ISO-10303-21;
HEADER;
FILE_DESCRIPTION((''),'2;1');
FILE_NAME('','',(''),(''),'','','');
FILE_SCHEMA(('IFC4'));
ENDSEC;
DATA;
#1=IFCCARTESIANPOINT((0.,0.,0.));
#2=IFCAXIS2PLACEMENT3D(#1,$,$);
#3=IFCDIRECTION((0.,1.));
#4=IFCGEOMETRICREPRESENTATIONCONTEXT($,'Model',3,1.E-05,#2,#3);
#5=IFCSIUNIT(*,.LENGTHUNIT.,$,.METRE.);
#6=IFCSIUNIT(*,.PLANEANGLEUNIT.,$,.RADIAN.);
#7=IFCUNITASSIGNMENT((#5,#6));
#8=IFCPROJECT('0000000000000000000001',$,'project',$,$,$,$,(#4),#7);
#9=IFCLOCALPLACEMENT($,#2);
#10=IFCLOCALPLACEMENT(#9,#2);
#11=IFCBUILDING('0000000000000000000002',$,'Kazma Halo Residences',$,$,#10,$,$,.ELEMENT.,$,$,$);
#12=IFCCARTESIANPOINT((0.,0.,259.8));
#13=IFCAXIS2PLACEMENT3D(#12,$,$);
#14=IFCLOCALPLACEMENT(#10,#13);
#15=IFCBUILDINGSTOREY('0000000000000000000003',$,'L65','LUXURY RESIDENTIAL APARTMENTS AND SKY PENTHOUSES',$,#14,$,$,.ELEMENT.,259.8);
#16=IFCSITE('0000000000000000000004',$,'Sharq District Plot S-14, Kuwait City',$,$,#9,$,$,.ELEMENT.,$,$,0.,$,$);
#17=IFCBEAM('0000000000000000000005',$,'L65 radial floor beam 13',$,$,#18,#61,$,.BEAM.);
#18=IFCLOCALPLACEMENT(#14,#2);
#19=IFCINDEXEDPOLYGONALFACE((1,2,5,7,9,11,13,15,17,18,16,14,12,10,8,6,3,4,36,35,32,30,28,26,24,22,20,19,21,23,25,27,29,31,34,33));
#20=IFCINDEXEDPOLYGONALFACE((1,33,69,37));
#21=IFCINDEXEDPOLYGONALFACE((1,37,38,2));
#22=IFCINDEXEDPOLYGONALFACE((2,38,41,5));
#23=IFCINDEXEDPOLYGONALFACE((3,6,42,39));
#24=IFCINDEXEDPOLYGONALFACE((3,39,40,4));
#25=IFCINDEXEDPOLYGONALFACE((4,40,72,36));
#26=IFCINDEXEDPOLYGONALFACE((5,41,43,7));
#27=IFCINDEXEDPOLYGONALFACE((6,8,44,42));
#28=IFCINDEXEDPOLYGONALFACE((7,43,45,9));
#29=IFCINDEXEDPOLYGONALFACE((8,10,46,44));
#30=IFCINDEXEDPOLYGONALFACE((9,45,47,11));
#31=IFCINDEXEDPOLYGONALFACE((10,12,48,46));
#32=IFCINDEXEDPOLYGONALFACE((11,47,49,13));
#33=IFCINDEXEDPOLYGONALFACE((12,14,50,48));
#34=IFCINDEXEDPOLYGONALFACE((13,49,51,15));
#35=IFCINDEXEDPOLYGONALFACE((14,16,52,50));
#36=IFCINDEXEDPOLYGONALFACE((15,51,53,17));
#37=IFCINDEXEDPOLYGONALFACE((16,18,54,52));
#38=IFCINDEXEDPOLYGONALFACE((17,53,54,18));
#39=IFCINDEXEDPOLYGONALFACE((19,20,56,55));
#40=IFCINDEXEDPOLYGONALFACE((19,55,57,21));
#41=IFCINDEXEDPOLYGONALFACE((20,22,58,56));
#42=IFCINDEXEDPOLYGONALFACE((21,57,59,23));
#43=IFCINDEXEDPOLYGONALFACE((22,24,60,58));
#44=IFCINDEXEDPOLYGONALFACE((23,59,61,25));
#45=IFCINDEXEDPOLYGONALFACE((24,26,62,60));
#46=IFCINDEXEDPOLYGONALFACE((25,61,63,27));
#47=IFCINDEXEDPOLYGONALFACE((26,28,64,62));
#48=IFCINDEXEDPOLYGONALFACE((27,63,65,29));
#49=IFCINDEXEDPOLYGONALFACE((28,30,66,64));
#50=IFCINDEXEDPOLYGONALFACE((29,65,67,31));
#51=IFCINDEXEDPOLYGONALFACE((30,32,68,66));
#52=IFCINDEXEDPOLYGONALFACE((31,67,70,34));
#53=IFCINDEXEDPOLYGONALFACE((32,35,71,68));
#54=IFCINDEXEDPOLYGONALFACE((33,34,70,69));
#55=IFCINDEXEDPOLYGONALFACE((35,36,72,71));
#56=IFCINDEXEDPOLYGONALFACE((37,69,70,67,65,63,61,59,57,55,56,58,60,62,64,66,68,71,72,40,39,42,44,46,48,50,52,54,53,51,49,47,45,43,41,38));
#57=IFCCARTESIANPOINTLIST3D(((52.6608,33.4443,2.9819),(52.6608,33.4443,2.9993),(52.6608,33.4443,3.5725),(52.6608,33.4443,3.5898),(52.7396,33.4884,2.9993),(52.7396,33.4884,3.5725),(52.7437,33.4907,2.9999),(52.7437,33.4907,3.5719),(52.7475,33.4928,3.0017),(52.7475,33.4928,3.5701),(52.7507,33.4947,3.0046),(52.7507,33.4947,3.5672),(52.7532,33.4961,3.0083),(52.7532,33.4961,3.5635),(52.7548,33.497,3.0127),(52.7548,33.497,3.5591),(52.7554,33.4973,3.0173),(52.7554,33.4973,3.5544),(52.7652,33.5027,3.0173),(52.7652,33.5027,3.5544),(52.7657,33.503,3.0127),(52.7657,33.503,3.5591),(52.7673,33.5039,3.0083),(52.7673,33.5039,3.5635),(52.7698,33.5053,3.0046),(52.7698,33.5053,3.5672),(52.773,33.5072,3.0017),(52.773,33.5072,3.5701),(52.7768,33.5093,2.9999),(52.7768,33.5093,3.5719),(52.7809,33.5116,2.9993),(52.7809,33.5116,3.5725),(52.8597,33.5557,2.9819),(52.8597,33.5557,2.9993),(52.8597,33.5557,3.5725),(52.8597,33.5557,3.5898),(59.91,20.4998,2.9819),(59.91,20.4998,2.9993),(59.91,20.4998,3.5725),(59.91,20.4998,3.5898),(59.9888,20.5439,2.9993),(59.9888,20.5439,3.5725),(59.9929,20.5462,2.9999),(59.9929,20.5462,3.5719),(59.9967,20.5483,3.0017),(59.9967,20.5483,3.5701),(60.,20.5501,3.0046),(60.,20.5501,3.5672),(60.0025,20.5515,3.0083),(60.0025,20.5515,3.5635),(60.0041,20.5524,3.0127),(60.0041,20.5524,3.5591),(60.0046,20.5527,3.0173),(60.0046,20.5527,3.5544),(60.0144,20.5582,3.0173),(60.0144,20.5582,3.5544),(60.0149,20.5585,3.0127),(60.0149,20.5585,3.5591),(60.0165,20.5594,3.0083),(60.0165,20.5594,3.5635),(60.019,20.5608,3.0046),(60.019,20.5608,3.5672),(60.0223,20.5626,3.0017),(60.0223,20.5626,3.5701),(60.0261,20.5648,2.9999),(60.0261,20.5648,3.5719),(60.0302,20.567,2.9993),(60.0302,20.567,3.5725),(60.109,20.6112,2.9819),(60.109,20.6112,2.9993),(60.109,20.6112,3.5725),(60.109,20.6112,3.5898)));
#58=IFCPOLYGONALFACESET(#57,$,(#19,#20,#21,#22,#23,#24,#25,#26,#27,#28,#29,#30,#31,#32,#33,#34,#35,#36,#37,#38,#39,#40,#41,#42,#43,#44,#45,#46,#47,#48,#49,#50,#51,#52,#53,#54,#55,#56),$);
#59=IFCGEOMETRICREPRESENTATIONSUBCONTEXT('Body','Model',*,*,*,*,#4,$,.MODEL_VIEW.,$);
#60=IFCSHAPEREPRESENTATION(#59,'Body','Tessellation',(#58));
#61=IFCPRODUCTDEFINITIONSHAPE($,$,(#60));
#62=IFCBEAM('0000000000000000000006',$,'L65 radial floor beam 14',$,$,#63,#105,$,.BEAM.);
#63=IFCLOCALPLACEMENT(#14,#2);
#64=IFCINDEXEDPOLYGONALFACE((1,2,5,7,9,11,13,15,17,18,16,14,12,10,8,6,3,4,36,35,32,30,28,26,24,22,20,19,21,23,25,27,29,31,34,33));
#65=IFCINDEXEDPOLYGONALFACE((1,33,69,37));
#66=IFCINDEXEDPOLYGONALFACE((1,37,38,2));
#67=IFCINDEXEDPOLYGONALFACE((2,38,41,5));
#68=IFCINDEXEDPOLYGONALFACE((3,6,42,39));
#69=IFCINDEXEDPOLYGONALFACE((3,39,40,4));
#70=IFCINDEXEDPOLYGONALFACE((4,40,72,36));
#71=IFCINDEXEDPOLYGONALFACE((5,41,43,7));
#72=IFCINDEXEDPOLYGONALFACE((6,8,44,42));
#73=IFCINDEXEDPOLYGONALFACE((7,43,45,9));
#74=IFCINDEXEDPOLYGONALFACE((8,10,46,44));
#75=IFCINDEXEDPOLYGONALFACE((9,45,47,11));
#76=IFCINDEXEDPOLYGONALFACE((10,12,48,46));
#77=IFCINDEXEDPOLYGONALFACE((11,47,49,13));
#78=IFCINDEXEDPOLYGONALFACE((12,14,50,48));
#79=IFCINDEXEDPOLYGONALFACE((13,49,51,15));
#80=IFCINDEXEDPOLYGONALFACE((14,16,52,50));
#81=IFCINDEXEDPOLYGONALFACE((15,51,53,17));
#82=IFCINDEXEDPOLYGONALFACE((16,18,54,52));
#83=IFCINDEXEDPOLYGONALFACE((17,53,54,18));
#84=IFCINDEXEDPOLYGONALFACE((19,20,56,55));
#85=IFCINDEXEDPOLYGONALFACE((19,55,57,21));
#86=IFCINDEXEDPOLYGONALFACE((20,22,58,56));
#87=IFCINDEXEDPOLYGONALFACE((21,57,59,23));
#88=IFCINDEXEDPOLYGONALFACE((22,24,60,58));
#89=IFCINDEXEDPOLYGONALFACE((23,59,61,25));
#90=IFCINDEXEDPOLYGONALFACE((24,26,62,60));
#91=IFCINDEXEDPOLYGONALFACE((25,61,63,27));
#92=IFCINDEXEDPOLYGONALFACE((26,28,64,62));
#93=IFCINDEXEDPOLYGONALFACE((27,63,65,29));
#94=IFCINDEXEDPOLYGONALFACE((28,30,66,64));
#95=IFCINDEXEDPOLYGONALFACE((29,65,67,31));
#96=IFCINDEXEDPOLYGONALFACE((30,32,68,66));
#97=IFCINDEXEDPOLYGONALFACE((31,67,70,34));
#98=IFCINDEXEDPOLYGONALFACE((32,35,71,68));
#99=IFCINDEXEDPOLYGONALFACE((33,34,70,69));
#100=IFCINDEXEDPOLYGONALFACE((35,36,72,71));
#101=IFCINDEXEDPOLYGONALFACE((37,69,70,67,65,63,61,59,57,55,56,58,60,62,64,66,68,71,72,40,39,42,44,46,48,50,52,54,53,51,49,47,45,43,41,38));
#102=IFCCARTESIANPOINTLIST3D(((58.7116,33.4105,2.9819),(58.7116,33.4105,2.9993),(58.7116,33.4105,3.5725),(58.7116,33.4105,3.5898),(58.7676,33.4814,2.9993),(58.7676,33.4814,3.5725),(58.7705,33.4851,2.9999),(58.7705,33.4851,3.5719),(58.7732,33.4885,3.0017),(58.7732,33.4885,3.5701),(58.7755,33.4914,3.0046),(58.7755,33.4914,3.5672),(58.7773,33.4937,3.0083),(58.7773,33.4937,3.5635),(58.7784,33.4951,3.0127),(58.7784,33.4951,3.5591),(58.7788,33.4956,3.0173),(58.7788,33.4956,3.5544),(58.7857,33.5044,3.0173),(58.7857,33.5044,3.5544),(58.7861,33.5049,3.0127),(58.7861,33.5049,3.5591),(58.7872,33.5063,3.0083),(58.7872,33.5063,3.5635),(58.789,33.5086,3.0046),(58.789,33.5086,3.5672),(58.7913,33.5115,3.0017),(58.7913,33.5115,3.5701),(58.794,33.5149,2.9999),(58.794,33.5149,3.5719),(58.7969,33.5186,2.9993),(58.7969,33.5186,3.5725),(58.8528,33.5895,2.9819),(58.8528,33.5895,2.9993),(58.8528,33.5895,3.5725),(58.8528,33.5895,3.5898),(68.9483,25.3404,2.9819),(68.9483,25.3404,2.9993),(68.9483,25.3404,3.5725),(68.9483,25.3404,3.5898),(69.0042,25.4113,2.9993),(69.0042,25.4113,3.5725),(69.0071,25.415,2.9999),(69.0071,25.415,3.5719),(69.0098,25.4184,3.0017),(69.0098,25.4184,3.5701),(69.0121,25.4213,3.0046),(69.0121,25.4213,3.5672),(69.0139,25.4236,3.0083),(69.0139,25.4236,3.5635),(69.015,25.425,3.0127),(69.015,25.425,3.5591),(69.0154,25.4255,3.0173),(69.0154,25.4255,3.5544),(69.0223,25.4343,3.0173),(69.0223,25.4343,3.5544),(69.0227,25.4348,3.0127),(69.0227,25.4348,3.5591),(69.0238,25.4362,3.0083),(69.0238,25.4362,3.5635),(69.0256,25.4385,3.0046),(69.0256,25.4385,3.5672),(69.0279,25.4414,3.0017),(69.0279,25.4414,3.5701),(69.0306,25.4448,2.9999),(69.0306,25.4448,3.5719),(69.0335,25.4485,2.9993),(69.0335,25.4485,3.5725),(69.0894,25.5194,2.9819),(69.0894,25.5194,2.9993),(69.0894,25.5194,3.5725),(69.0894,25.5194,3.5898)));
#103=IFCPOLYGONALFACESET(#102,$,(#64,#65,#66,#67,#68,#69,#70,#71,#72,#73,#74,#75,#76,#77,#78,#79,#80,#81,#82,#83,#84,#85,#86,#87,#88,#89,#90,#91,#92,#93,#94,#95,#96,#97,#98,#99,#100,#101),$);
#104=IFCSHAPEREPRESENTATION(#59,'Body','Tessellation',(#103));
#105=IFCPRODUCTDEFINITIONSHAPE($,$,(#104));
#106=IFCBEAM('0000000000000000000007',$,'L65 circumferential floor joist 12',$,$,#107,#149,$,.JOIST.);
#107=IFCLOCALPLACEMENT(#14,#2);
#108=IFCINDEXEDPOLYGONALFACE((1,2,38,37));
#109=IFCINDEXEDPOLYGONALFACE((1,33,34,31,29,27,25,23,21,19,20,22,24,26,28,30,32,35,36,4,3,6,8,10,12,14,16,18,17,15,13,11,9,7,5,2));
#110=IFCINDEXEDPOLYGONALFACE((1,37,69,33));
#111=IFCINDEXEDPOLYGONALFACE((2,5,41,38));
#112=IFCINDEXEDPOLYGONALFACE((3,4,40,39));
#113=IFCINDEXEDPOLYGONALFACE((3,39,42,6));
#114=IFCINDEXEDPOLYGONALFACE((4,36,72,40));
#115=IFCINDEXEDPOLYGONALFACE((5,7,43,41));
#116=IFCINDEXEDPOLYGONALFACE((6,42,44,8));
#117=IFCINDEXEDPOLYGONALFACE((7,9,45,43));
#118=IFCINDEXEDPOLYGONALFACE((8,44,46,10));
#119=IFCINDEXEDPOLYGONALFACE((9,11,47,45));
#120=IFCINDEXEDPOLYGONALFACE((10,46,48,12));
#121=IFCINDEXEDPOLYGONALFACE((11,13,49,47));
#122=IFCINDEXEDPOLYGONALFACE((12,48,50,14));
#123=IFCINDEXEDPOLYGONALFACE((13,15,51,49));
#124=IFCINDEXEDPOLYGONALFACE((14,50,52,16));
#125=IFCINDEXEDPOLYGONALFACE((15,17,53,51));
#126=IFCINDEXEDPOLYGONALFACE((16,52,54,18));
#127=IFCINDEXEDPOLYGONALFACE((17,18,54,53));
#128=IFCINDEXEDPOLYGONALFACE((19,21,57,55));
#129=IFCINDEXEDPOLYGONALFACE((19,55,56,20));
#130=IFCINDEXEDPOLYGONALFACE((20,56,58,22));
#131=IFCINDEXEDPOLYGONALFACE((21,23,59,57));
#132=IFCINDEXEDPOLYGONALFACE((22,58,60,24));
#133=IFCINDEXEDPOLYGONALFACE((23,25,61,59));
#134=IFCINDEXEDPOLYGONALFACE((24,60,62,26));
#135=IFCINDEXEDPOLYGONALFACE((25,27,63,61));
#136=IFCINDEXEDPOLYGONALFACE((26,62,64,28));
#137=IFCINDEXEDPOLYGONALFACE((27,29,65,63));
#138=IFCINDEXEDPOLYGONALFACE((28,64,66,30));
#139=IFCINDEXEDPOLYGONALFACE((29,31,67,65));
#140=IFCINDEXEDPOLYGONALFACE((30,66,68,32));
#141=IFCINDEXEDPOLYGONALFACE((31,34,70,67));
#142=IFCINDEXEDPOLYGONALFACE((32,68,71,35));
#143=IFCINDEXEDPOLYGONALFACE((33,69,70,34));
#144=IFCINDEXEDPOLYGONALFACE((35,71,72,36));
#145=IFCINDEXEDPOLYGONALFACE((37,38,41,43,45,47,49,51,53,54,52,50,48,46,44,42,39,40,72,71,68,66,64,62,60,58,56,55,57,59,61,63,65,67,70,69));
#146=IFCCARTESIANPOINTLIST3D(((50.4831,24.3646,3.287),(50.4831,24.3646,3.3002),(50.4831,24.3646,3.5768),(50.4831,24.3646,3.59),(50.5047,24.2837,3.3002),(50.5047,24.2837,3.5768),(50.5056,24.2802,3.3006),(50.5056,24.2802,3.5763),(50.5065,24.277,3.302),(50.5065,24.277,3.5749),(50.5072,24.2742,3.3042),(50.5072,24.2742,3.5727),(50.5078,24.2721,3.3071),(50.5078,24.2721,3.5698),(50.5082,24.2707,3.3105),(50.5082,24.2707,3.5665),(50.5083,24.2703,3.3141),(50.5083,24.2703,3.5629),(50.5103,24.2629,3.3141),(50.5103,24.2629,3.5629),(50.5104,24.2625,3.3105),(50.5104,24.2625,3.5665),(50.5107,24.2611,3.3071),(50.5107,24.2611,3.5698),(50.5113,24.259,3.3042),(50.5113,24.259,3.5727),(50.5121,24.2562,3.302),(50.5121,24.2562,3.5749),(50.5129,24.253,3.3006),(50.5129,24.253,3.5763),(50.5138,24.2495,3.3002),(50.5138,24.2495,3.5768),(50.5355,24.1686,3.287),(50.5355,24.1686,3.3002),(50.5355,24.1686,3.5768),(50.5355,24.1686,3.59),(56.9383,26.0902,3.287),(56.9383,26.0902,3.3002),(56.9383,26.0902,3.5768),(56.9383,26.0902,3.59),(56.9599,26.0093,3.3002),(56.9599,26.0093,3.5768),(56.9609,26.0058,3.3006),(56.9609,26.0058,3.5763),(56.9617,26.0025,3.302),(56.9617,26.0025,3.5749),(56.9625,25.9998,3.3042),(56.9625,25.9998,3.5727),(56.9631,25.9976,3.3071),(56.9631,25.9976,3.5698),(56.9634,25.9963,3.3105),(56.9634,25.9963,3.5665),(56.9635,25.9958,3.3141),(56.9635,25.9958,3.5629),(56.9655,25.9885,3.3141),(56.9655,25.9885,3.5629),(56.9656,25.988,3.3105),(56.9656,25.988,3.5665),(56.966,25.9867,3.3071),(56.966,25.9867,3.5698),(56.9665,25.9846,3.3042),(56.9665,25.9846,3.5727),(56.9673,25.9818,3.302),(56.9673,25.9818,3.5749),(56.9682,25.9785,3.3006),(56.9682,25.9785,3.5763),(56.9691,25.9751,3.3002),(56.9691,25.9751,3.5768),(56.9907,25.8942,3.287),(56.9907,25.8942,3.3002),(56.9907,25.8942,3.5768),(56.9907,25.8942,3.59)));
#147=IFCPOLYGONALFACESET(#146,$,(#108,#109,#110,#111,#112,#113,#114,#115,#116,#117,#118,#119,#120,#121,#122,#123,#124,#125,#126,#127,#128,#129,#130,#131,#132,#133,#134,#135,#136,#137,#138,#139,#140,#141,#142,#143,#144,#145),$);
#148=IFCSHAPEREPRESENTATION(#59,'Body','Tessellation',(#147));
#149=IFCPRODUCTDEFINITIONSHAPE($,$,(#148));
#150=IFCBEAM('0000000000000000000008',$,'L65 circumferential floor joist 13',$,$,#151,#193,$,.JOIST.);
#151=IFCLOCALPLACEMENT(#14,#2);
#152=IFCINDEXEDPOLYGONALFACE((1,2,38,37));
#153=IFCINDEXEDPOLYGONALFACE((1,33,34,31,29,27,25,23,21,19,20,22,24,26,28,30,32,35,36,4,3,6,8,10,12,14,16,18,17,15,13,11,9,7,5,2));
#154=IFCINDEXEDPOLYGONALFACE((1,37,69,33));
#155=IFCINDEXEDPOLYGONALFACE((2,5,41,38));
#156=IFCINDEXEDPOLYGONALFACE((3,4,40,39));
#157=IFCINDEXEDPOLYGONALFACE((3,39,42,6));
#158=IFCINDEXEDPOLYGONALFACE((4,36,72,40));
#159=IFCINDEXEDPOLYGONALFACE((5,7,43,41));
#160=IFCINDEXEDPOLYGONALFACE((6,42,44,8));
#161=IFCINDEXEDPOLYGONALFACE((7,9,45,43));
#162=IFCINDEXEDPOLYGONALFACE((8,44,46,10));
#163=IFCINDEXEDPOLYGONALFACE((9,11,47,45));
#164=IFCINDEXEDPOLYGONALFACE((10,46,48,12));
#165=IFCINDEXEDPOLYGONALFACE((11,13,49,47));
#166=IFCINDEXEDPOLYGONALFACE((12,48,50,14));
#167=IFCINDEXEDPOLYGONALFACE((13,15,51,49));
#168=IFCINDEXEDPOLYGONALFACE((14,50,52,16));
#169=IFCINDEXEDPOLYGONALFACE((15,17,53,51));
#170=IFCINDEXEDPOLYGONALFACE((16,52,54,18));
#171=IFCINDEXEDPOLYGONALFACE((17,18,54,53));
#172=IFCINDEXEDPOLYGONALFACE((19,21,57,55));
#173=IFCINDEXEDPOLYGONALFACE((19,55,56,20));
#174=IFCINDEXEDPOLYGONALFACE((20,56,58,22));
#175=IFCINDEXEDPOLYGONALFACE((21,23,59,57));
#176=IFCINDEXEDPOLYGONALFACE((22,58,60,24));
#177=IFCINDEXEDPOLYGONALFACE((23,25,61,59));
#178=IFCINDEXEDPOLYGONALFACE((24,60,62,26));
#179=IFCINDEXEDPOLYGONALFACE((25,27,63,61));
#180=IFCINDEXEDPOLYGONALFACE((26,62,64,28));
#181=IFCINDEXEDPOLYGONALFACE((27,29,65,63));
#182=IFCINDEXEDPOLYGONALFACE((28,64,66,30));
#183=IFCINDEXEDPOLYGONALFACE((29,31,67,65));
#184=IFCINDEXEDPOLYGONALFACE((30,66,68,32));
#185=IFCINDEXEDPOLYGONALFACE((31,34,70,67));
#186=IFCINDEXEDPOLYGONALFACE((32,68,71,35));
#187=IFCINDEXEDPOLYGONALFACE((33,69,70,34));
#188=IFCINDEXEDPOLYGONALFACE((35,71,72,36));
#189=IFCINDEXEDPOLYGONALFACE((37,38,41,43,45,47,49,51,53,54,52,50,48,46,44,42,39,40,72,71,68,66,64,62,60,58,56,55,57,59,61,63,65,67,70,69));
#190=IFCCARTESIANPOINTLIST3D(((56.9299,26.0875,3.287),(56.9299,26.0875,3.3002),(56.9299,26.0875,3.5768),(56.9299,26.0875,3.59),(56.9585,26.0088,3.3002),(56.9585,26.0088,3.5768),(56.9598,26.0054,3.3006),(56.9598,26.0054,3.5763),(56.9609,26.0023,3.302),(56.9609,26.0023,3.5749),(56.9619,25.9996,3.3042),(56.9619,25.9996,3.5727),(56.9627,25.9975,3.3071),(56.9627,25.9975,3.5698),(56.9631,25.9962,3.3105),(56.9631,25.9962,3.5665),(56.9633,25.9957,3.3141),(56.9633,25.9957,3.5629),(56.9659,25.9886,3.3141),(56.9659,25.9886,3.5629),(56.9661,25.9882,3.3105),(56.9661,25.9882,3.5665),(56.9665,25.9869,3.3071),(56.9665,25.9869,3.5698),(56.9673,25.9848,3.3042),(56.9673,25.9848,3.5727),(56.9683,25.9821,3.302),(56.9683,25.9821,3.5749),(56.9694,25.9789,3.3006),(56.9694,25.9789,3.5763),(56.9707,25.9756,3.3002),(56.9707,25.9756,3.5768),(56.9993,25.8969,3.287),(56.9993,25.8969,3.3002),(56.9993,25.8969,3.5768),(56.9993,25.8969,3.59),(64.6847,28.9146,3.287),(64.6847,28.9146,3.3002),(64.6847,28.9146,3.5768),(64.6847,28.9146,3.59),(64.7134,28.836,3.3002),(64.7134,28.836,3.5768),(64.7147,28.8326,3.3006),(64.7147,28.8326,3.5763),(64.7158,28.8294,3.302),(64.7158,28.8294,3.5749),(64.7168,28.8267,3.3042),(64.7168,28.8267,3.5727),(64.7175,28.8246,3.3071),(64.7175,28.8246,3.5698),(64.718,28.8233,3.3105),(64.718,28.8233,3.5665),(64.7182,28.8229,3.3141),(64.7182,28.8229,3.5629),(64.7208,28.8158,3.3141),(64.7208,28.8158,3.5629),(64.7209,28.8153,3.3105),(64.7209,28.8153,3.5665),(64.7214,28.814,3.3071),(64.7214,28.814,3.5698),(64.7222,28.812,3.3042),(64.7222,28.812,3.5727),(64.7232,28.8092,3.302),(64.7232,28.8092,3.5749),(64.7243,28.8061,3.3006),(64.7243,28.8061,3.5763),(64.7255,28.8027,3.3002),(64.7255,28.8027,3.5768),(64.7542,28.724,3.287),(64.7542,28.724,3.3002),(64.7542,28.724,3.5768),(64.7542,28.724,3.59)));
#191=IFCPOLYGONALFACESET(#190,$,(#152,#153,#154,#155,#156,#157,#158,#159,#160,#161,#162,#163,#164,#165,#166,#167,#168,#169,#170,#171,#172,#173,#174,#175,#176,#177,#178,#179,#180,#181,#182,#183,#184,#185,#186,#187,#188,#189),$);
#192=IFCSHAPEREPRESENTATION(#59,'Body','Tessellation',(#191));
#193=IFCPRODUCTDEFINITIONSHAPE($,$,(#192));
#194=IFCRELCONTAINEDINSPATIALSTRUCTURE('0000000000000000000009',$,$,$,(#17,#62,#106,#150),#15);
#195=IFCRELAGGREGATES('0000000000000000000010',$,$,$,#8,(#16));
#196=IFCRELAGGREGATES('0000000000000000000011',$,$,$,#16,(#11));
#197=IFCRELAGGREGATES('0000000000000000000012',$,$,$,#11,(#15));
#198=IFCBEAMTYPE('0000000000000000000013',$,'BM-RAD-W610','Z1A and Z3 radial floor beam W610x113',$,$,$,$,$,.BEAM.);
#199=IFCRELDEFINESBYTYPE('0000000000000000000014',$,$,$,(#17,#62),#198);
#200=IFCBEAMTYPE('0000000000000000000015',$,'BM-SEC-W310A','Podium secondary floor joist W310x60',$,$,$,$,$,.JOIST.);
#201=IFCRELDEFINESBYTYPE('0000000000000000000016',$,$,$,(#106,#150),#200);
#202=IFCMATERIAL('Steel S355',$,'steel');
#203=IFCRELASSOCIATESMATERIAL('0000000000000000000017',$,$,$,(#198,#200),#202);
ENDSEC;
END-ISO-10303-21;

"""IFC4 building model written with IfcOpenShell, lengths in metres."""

from ifc_helpers import new_model, si_unit, direction, frame, origin, origin_2d, place, context, subcontext, project, spatial, i_section, extrude, material, material_profile, profile_set, type_object, element, save


model = new_model("IFC4")

# Units and contexts
model_context = context("Model", 3, precision=1e-05, world=origin(), true_north=direction((0.0, 1.0)))
body_context = subcontext(model_context, "Body", "Model", "MODEL_VIEW")
ifc_project = project(units=[si_unit("LENGTHUNIT", "METRE"), si_unit("PLANEANGLEUNIT", "RADIAN")], contexts=[model_context])

# Site, building, storey
site_placement = place(None, origin())
site = spatial("IfcSite", under=ifc_project, at=site_placement, Name="Sharq District Plot S-14, Kuwait City", CompositionType="ELEMENT", RefElevation=0.0)
building_placement = place(site_placement, origin())
building = spatial("IfcBuilding", under=site, at=building_placement, Name="Kazma Halo Residences", CompositionType="ELEMENT")
storey_placement = place(building_placement, frame((0.0, 0.0, 259.8)))
storey = spatial("IfcBuildingStorey", under=building, at=storey_placement, Name="L65", Description="LUXURY RESIDENTIAL APARTMENTS AND SKY PENTHOUSES", CompositionType="ELEMENT", Elevation=259.8)

# Beams
ifc_material_1 = material(Name="Steel S355", Category="steel")
ifc_material_profile_1 = material_profile(ifc_material_1, i_section(OverallWidth=0.228, OverallDepth=0.6079, WebThickness=0.0112, FlangeThickness=0.0173, FilletRadius=0.0181, at=origin_2d()), Name="W610x113")
ifc_profile_set_1 = profile_set([ifc_material_profile_1], Name="Steel S355")
beam_type_1 = type_object("IfcBeamType", Name="BM-RAD-W610", Description="Z1A and Z3 radial floor beam W610x113", PredefinedType="BEAM", material=ifc_profile_set_1)
beam_1_placement = place(storey_placement, frame((52.7603, 33.5, 3.2859), z_axis=(0.488619, -0.872497, 0.0), x_axis=(0.872497, 0.488619, 0.0)))
element("IfcBeam", 1, at=beam_1_placement, inside=storey, type_object=beam_type_1, Name="L65 radial floor beam 13", PredefinedType="BEAM", context=body_context, shape_type="SweptSolid", body=[
    extrude(i_section(OverallWidth=0.228, OverallDepth=0.6079, WebThickness=0.0112, FlangeThickness=0.0173, FilletRadius=0.0181, at=origin_2d()), origin(), (0.0, 0.0, 1.0), 14.8362),
])
beam_2_placement = place(storey_placement, frame((58.7822, 33.5, 3.2859), z_axis=(0.785309, -0.619104, 0.0), x_axis=(0.619104, 0.785309, 0.0)))
element("IfcBeam", 2, at=beam_2_placement, inside=storey, type_object=beam_type_1, Name="L65 radial floor beam 14", PredefinedType="BEAM", context=body_context, shape_type="SweptSolid", body=[
    extrude(i_section(OverallWidth=0.228, OverallDepth=0.6079, WebThickness=0.0112, FlangeThickness=0.0173, FilletRadius=0.0181, at=origin_2d()), origin(), (0.0, 0.0, 1.0), 13.0352),
])
ifc_material_profile_2 = material_profile(ifc_material_1, i_section(OverallWidth=0.2029, OverallDepth=0.303, WebThickness=0.0076, FlangeThickness=0.0132, FilletRadius=0.0139, at=origin_2d()), Name="W310x60")
ifc_profile_set_2 = profile_set([ifc_material_profile_2], Name="Steel S355")
beam_type_2 = type_object("IfcBeamType", Name="BM-SEC-W310A", Description="Podium secondary floor joist W310x60", PredefinedType="JOIST", material=ifc_profile_set_2)
beam_3_placement = place(storey_placement, frame((50.5093, 24.2666, 3.4385), z_axis=(0.96608, 0.258245, 0.0), x_axis=(-0.258245, 0.96608, 0.0)))
element("IfcBeam", 3, at=beam_3_placement, inside=storey, type_object=beam_type_2, Name="L65 circumferential floor joist 12", PredefinedType="JOIST", context=body_context, shape_type="SweptSolid", body=[
    extrude(i_section(OverallWidth=0.2029, OverallDepth=0.303, WebThickness=0.0076, FlangeThickness=0.0132, FilletRadius=0.0139, at=origin_2d()), origin(), (0.0, 0.0, 1.0), 6.6819),
])
beam_4_placement = place(storey_placement, frame((56.9646, 25.9922, 3.4385), z_axis=(0.939513, 0.342512, 0.0), x_axis=(-0.342512, 0.939513, 0.0)))
element("IfcBeam", 4, at=beam_4_placement, inside=storey, type_object=beam_type_2, Name="L65 circumferential floor joist 13", PredefinedType="JOIST", context=body_context, shape_type="SweptSolid", body=[
    extrude(i_section(OverallWidth=0.2029, OverallDepth=0.303, WebThickness=0.0076, FlangeThickness=0.0132, FilletRadius=0.0139, at=origin_2d()), origin(), (0.0, 0.0, 1.0), 8.2542),
])

save(model, "model.ifc")
